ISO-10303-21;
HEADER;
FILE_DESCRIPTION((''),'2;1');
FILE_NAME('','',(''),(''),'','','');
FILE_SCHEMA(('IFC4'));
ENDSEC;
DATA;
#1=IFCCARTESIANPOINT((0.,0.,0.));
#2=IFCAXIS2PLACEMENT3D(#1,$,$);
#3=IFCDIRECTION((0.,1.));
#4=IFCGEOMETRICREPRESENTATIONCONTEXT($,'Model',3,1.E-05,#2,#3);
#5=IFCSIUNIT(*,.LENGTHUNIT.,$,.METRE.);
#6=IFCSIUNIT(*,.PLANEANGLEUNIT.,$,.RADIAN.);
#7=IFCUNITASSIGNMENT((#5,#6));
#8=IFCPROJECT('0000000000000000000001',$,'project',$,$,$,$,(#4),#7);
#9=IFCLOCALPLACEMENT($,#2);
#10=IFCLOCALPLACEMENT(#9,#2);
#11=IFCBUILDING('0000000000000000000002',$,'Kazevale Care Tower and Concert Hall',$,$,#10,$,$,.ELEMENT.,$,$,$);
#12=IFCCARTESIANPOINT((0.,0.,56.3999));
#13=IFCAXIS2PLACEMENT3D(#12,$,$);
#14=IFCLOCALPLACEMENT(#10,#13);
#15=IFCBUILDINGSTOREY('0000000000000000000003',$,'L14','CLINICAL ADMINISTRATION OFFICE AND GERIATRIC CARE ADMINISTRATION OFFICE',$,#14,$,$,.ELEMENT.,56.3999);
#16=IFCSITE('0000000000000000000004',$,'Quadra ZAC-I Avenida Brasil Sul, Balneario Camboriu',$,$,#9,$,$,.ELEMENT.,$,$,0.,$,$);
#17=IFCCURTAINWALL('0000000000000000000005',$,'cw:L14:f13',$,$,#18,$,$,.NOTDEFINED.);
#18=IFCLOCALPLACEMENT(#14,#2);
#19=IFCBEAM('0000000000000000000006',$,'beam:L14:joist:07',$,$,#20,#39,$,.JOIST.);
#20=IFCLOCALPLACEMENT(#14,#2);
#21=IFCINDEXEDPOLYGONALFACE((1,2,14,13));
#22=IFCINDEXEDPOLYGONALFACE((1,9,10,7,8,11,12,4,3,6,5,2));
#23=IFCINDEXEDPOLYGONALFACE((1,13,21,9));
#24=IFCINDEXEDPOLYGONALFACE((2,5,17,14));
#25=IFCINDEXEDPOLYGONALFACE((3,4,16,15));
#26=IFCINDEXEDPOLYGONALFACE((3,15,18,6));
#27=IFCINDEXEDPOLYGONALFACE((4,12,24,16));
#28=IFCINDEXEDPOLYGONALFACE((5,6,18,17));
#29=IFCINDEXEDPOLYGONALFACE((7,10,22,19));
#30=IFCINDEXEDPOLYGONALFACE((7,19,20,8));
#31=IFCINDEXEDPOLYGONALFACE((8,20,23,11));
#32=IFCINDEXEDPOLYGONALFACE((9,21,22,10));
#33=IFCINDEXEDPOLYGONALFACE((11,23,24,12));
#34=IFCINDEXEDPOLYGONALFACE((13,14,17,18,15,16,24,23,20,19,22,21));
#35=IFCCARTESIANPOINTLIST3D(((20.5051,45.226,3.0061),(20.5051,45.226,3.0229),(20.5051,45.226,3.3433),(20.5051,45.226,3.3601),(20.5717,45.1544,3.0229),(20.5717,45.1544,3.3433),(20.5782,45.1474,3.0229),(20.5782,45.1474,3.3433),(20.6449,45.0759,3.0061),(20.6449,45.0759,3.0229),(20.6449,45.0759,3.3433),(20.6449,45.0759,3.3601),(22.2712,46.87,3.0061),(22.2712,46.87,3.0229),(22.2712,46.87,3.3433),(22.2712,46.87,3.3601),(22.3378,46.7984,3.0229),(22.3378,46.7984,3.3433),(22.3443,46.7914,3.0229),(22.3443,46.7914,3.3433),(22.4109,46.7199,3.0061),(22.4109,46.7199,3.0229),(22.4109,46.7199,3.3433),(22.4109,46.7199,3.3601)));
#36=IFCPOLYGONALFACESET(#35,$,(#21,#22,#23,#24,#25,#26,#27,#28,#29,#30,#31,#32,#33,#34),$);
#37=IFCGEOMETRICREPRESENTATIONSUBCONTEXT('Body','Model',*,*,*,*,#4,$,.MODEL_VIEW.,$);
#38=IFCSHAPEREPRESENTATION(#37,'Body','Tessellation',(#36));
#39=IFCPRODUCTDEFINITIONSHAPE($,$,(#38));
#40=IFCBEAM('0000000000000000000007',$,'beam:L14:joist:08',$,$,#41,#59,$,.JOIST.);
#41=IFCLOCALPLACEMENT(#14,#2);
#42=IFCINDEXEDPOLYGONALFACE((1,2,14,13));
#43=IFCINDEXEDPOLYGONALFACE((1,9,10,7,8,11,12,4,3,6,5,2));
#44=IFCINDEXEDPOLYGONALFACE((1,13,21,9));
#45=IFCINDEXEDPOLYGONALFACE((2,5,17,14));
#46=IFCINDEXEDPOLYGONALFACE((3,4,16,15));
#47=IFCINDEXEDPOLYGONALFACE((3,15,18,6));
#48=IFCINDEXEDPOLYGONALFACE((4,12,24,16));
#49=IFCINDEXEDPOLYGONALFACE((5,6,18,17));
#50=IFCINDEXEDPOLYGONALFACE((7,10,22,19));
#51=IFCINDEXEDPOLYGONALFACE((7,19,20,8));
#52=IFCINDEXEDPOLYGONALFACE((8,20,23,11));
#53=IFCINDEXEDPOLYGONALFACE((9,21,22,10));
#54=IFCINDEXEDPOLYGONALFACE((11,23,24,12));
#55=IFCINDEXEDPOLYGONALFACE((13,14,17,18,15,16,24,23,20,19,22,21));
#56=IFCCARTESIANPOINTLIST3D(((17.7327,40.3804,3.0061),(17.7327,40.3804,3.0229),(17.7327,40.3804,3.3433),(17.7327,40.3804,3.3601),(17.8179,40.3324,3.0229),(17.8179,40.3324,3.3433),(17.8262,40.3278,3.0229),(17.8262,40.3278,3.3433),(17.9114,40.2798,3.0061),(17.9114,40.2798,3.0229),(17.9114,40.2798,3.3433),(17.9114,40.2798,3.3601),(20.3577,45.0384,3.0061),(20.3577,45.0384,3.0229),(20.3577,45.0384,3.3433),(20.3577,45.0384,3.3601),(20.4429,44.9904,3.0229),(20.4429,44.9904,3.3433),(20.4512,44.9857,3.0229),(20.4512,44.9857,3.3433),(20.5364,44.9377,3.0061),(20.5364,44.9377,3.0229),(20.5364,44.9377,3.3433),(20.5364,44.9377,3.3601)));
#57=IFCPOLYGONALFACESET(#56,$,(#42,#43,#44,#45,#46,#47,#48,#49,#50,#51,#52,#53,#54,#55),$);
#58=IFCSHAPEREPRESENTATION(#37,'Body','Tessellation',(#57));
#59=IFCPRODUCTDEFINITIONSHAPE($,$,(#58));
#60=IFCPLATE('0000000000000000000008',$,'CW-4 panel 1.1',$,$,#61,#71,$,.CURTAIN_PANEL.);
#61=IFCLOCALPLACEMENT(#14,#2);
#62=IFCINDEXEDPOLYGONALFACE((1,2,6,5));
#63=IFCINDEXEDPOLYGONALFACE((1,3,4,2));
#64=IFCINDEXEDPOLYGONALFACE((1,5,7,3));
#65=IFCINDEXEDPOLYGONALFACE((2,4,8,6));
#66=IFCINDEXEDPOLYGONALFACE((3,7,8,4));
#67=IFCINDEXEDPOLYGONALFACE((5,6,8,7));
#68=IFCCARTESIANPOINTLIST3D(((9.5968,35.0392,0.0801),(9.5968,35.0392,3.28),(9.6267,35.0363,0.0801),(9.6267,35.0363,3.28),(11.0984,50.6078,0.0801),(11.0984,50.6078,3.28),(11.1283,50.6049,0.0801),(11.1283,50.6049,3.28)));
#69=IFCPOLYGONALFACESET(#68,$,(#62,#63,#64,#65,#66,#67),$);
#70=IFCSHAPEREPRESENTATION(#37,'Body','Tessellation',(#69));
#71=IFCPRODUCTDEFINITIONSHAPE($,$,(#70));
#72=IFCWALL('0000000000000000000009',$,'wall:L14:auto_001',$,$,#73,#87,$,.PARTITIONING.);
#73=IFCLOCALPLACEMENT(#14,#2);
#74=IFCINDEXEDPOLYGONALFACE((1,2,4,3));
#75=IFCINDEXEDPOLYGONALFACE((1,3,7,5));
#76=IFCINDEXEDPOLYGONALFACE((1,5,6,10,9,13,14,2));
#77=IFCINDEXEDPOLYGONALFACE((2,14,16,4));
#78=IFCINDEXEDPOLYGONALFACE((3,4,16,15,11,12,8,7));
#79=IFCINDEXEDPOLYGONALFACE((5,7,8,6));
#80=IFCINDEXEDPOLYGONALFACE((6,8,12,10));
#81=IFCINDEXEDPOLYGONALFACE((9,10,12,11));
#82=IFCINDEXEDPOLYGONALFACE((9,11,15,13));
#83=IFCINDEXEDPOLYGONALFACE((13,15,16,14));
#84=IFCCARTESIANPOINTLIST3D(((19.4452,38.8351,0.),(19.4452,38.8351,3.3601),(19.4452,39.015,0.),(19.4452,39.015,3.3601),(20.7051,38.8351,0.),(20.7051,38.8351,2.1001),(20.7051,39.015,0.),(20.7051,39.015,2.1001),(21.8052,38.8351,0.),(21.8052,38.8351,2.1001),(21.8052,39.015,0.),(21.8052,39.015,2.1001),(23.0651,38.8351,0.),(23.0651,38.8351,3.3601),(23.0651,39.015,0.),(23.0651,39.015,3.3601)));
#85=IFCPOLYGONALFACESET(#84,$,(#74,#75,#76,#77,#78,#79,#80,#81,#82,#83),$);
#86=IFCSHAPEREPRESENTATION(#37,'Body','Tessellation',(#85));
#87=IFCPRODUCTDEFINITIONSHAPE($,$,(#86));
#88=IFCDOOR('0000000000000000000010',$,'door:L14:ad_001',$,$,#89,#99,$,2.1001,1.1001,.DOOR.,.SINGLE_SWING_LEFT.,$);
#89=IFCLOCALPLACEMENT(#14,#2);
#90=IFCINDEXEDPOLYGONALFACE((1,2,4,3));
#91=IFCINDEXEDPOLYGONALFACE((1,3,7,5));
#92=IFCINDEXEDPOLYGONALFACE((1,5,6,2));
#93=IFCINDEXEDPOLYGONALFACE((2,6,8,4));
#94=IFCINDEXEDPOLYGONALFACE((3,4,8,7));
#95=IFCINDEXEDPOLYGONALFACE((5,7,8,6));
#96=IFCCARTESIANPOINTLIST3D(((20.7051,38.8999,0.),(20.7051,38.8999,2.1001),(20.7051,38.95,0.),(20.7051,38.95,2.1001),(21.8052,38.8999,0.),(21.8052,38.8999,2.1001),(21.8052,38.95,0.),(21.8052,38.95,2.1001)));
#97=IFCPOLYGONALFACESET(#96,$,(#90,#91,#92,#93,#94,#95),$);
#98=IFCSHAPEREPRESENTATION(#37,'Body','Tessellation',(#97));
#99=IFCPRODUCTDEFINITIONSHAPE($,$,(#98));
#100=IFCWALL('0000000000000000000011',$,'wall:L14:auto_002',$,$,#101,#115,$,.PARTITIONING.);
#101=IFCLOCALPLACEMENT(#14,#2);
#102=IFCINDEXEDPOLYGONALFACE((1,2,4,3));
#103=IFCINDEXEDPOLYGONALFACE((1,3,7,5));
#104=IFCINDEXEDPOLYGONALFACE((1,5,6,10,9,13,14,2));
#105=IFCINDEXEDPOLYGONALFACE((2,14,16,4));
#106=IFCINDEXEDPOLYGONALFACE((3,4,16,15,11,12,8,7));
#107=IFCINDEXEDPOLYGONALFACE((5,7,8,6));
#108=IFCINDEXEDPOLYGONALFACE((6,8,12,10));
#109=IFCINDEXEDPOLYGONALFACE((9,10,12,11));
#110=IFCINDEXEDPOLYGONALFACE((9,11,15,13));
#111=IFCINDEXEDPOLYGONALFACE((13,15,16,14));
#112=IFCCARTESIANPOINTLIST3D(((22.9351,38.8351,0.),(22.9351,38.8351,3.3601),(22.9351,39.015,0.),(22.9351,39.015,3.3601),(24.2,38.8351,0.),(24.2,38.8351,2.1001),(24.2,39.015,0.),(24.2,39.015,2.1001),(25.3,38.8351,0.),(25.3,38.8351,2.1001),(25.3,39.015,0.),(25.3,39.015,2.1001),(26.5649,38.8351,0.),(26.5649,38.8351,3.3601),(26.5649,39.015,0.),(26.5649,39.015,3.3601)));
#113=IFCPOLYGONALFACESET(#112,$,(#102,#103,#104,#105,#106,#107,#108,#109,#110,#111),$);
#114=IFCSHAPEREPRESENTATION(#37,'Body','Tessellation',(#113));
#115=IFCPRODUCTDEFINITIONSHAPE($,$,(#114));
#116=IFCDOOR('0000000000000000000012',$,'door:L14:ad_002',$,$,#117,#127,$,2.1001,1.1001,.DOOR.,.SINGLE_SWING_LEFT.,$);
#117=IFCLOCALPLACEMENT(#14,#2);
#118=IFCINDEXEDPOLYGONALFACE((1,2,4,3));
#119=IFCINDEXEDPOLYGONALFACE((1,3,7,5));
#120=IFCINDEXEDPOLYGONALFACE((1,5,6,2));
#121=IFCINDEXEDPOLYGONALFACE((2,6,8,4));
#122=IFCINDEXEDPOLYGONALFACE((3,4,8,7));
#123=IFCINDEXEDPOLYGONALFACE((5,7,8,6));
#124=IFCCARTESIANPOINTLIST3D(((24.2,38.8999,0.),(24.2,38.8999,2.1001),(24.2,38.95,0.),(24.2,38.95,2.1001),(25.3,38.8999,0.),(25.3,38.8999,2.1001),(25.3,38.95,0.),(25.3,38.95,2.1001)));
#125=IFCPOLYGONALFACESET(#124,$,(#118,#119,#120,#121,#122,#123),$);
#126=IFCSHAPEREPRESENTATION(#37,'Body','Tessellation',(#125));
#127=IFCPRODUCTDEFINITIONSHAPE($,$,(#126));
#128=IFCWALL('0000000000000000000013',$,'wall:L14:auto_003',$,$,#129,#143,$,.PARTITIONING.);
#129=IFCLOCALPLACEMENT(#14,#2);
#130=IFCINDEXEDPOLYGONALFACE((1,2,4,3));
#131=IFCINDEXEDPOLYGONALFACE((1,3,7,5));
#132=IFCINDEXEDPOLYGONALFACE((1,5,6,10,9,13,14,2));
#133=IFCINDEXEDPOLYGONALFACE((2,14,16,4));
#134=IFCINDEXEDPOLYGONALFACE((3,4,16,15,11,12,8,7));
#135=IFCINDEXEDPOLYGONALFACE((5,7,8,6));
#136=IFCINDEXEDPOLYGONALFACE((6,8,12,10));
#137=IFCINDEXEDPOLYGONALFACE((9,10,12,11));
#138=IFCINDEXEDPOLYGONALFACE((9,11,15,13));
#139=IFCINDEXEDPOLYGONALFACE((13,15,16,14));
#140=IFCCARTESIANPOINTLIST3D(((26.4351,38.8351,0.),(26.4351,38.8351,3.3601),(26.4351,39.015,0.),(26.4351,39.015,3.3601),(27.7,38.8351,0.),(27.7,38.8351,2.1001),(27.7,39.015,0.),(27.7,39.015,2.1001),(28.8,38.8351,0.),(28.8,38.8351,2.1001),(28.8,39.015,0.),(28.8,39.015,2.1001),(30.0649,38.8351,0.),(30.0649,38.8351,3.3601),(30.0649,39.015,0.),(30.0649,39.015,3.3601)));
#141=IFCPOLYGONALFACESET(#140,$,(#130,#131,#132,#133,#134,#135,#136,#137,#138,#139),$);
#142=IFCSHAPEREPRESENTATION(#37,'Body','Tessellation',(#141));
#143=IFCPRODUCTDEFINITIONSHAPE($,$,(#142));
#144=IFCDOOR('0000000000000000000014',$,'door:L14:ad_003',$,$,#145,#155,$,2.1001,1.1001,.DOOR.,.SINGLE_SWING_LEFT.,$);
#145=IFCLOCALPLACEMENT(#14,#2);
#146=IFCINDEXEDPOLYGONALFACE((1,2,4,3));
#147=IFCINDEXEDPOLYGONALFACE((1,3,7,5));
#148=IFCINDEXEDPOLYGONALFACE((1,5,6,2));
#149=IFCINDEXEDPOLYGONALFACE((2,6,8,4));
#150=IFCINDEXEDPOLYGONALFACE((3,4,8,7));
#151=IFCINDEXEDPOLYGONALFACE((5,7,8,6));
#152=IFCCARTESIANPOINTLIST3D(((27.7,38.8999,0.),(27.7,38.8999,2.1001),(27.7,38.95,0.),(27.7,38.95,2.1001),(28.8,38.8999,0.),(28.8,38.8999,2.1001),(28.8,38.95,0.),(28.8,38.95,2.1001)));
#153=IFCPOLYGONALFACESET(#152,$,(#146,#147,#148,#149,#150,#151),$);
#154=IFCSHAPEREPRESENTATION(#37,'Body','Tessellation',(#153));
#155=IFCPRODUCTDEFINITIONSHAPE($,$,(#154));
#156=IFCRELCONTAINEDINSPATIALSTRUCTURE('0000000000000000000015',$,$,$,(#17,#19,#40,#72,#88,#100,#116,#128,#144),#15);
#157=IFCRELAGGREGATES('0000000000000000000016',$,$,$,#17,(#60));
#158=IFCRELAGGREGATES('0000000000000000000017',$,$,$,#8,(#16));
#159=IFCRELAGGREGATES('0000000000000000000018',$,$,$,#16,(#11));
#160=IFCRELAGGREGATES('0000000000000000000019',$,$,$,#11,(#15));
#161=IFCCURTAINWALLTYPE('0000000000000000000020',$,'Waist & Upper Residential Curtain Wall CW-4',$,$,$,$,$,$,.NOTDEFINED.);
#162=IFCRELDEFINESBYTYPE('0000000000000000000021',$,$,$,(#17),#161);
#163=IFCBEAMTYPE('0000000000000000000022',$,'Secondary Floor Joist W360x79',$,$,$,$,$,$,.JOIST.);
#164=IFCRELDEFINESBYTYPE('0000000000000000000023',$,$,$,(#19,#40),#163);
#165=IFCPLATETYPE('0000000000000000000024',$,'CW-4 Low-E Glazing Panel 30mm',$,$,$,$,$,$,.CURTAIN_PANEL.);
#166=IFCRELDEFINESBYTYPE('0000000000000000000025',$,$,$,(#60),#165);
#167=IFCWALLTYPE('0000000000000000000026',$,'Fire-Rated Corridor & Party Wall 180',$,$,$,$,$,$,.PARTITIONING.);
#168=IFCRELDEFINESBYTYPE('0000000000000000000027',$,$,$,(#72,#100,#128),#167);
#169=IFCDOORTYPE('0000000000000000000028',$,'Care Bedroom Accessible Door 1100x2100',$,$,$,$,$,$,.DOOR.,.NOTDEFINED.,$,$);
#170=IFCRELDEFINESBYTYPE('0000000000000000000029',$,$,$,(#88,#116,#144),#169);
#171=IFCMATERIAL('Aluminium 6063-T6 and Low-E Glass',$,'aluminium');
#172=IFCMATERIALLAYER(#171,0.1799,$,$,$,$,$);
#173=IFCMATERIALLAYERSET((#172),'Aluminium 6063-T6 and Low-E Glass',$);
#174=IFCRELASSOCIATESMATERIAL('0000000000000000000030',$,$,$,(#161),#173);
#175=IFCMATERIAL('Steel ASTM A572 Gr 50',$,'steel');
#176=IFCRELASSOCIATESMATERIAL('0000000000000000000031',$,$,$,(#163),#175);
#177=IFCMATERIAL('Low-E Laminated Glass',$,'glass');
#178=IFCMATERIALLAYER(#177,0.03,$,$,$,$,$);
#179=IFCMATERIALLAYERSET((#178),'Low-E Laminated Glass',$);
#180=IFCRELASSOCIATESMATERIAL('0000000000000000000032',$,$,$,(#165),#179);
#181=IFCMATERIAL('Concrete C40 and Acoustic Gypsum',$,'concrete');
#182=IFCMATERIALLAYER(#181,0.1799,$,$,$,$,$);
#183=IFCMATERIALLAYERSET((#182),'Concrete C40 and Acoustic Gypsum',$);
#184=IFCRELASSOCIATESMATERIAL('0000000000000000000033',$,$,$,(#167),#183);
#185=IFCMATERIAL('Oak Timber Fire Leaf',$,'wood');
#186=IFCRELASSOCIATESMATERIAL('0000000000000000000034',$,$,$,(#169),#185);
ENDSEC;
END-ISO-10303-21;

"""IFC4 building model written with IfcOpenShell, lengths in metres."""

from ifc_helpers import new_model, si_unit, direction, frame, frame_2d, origin, origin_2d, place, context, subcontext, project, spatial, rectangle, i_section, extrude, material, layer, layer_set, material_profile, profile_set, type_object, element, fill, aggregate, save


model = new_model("IFC4")

# Units and contexts
model_context = context("Model", 3, precision=1e-05, world=origin(), true_north=direction((0.0, 1.0)))
body_context = subcontext(model_context, "Body", "Model", "MODEL_VIEW")
ifc_project = project(units=[si_unit("LENGTHUNIT", "METRE"), si_unit("PLANEANGLEUNIT", "RADIAN")], contexts=[model_context])

# Site, building, storey
site_placement = place(None, origin())
site = spatial("IfcSite", under=ifc_project, at=site_placement, Name="Quadra ZAC-I Avenida Brasil Sul, Balneario Camboriu", CompositionType="ELEMENT", RefElevation=0.0)
building_placement = place(site_placement, origin())
building = spatial("IfcBuilding", under=site, at=building_placement, Name="Kazevale Care Tower and Concert Hall", CompositionType="ELEMENT")
storey_placement = place(building_placement, frame((0.0, 0.0, 56.3999)))
storey = spatial("IfcBuildingStorey", under=building, at=storey_placement, Name="L14", Description="CLINICAL ADMINISTRATION OFFICE AND GERIATRIC CARE ADMINISTRATION OFFICE", CompositionType="ELEMENT", Elevation=56.3999)

# Curtain wall
ifc_material_1 = material(Name="Aluminium 6063-T6 and Low-E Glass", Category="aluminium")
ifc_layer_1 = layer(ifc_material_1, 0.1799)
ifc_layer_set_1 = layer_set([ifc_layer_1], Name="Aluminium 6063-T6 and Low-E Glass")
curtain_wall_type_1 = type_object("IfcCurtainWallType", Name="Waist & Upper Residential Curtain Wall CW-4", PredefinedType="NOTDEFINED", material=ifc_layer_set_1)
curtain_wall_1_placement = place(storey_placement, origin())
curtain_wall_1 = element("IfcCurtainWall", 1, at=curtain_wall_1_placement, inside=storey, type_object=curtain_wall_type_1, Name="cw:L14:f13", PredefinedType="NOTDEFINED")

# Beams
ifc_material_2 = material(Name="Steel ASTM A572 Gr 50", Category="steel")
ifc_material_profile_1 = material_profile(ifc_material_2, i_section(OverallWidth=0.2051, OverallDepth=0.354, WebThickness=0.0095, FlangeThickness=0.0168, at=origin_2d()), Name="W360x79")
ifc_profile_set_1 = profile_set([ifc_material_profile_1], Name="Steel ASTM A572 Gr 50")
beam_type_1 = type_object("IfcBeamType", Name="Secondary Floor Joist W360x79", PredefinedType="JOIST", material=ifc_profile_set_1)
beam_1_placement = place(storey_placement, frame((22.3411, 46.7949, 3.1831), z_axis=(-0.73195, -0.681359, 0.0), x_axis=(0.681359, -0.73195, 0.0)))
element("IfcBeam", 2, at=beam_1_placement, inside=storey, type_object=beam_type_1, Name="beam:L14:joist:07", PredefinedType="JOIST", context=body_context, shape_type="SweptSolid", body=[
    extrude(i_section(OverallWidth=0.2051, OverallDepth=0.354, WebThickness=0.0095, FlangeThickness=0.0168, at=origin_2d()), origin(), (0.0, 0.0, 1.0), 2.4128),
])
beam_2_placement = place(storey_placement, frame((20.447, 44.988, 3.1831), z_axis=(-0.490957, -0.871184, 0.0), x_axis=(0.871184, -0.490957, 0.0)))
element("IfcBeam", 3, at=beam_2_placement, inside=storey, type_object=beam_type_1, Name="beam:L14:joist:08", PredefinedType="JOIST", context=body_context, shape_type="SweptSolid", body=[
    extrude(i_section(OverallWidth=0.2051, OverallDepth=0.354, WebThickness=0.0095, FlangeThickness=0.0168, at=origin_2d()), origin(), (0.0, 0.0, 1.0), 5.3467),
])

# Plate
ifc_material_3 = material(Name="Low-E Laminated Glass", Category="glass")
ifc_layer_2 = layer(ifc_material_3, 0.03)
ifc_layer_set_2 = layer_set([ifc_layer_2], Name="Low-E Laminated Glass")
plate_type = type_object("IfcPlateType", Name="CW-4 Low-E Glazing Panel 30mm", PredefinedType="CURTAIN_PANEL", material=ifc_layer_set_2)
plate_placement = place(storey_placement, frame((10.3625, 42.822, 0.0801), z_axis=(0.0, 0.0, 1.0), x_axis=(0.096007, 0.995381, 0.0)))
plate = element("IfcPlate", 4, at=plate_placement, type_object=plate_type, Name="CW-4 panel 1.1", PredefinedType="CURTAIN_PANEL", context=body_context, shape_type="SweptSolid", body=[
    extrude(rectangle(XDim=15.6409, YDim=0.03, at=origin_2d()), origin(), (0.0, 0.0, 1.0), 3.2),
])
aggregate(curtain_wall_1, [plate])

# Walls, openings, doors
ifc_material_4 = material(Name="Concrete C40 and Acoustic Gypsum", Category="concrete")
ifc_layer_3 = layer(ifc_material_4, 0.1799)
ifc_layer_set_3 = layer_set([ifc_layer_3], Name="Concrete C40 and Acoustic Gypsum")
wall_type = type_object("IfcWallType", Name="Fire-Rated Corridor & Party Wall 180", PredefinedType="PARTITIONING", material=ifc_layer_set_3)
wall_1_placement = place(storey_placement, frame((19.4451, 38.925, 0.0), z_axis=(0.0, 0.0, 1.0), x_axis=(1.0, 0.0, 0.0)))
wall_1 = element("IfcWall", 5, at=wall_1_placement, inside=storey, type_object=wall_type, Name="wall:L14:auto_001", PredefinedType="PARTITIONING", context=body_context, shape_type="SweptSolid", body=[
    extrude(rectangle(XDim=3.6199, YDim=0.1799, at=frame_2d((1.8101, 0.0))), origin(), (0.0, 0.0, 1.0), 3.3601),
])
opening_1_placement = place(wall_1_placement, frame((1.26, 0.0, 0.0)))
opening_1 = element("IfcOpeningElement", 6, at=opening_1_placement, cuts=wall_1, PredefinedType="OPENING", context=body_context, shape_type="SweptSolid", body=[
    extrude(rectangle(XDim=1.1001, YDim=2.1001, at=frame_2d((0.55, 1.05))), frame((0.0, 0.0999, 0.0), z_axis=(0.0, -1.0, 0.0), x_axis=(1.0, 0.0, 0.0)), (0.0, 0.0, 1.0), 0.2),
])
ifc_material_5 = material(Name="Oak Timber Fire Leaf", Category="wood")
door_type = type_object("IfcDoorType", Name="Care Bedroom Accessible Door 1100x2100", OperationType="NOTDEFINED", PredefinedType="DOOR", material=ifc_material_5)
door_1_placement = place(opening_1_placement, origin())
door_1 = element("IfcDoor", 7, at=door_1_placement, inside=storey, type_object=door_type, Name="door:L14:ad_001", OperationType="SINGLE_SWING_LEFT", OverallHeight=2.1001, OverallWidth=1.1001, PredefinedType="DOOR", context=body_context, shape_type="SweptSolid", body=[
    extrude(rectangle(XDim=1.1001, YDim=2.1001, at=frame_2d((0.55, 1.05))), frame((0.0, 0.0249, 0.0), z_axis=(0.0, -1.0, 0.0), x_axis=(1.0, 0.0, 0.0)), (0.0, 0.0, 1.0), 0.05),
])
fill(opening_1, door_1)
wall_2_placement = place(storey_placement, frame((22.9351, 38.925, 0.0), z_axis=(0.0, 0.0, 1.0), x_axis=(1.0, 0.0, 0.0)))
wall_2 = element("IfcWall", 8, at=wall_2_placement, inside=storey, type_object=wall_type, Name="wall:L14:auto_002", PredefinedType="PARTITIONING", context=body_context, shape_type="SweptSolid", body=[
    extrude(rectangle(XDim=3.6299, YDim=0.1799, at=frame_2d((1.8149, 0.0))), origin(), (0.0, 0.0, 1.0), 3.3601),
])
opening_2_placement = place(wall_2_placement, frame((1.2649, 0.0, 0.0)))
opening_2 = element("IfcOpeningElement", 9, at=opening_2_placement, cuts=wall_2, PredefinedType="OPENING", context=body_context, shape_type="SweptSolid", body=[
    extrude(rectangle(XDim=1.1001, YDim=2.1001, at=frame_2d((0.55, 1.05))), frame((0.0, 0.0999, 0.0), z_axis=(0.0, -1.0, 0.0), x_axis=(1.0, 0.0, 0.0)), (0.0, 0.0, 1.0), 0.2),
])
door_2_placement = place(opening_2_placement, origin())
door_2 = element("IfcDoor", 10, at=door_2_placement, inside=storey, type_object=door_type, Name="door:L14:ad_002", OperationType="SINGLE_SWING_LEFT", OverallHeight=2.1001, OverallWidth=1.1001, PredefinedType="DOOR", context=body_context, shape_type="SweptSolid", body=[
    extrude(rectangle(XDim=1.1001, YDim=2.1001, at=frame_2d((0.55, 1.05))), frame((0.0, 0.0249, 0.0), z_axis=(0.0, -1.0, 0.0), x_axis=(1.0, 0.0, 0.0)), (0.0, 0.0, 1.0), 0.05),
])
fill(opening_2, door_2)
wall_3_placement = place(storey_placement, frame((26.4351, 38.925, 0.0), z_axis=(0.0, 0.0, 1.0), x_axis=(1.0, 0.0, 0.0)))
wall_3 = element("IfcWall", 11, at=wall_3_placement, inside=storey, type_object=wall_type, Name="wall:L14:auto_003", PredefinedType="PARTITIONING", context=body_context, shape_type="SweptSolid", body=[
    extrude(rectangle(XDim=3.6299, YDim=0.1799, at=frame_2d((1.8149, 0.0))), origin(), (0.0, 0.0, 1.0), 3.3601),
])
opening_3_placement = place(wall_3_placement, frame((1.2649, 0.0, 0.0)))
opening_3 = element("IfcOpeningElement", 12, at=opening_3_placement, cuts=wall_3, PredefinedType="OPENING", context=body_context, shape_type="SweptSolid", body=[
    extrude(rectangle(XDim=1.1001, YDim=2.1001, at=frame_2d((0.55, 1.05))), frame((0.0, 0.0999, 0.0), z_axis=(0.0, -1.0, 0.0), x_axis=(1.0, 0.0, 0.0)), (0.0, 0.0, 1.0), 0.2),
])
door_3_placement = place(opening_3_placement, origin())
door_3 = element("IfcDoor", 13, at=door_3_placement, inside=storey, type_object=door_type, Name="door:L14:ad_003", OperationType="SINGLE_SWING_LEFT", OverallHeight=2.1001, OverallWidth=1.1001, PredefinedType="DOOR", context=body_context, shape_type="SweptSolid", body=[
    extrude(rectangle(XDim=1.1001, YDim=2.1001, at=frame_2d((0.55, 1.05))), frame((0.0, 0.0249, 0.0), z_axis=(0.0, -1.0, 0.0), x_axis=(1.0, 0.0, 0.0)), (0.0, 0.0, 1.0), 0.05),
])
fill(opening_3, door_3)

save(model, "model.ifc")
